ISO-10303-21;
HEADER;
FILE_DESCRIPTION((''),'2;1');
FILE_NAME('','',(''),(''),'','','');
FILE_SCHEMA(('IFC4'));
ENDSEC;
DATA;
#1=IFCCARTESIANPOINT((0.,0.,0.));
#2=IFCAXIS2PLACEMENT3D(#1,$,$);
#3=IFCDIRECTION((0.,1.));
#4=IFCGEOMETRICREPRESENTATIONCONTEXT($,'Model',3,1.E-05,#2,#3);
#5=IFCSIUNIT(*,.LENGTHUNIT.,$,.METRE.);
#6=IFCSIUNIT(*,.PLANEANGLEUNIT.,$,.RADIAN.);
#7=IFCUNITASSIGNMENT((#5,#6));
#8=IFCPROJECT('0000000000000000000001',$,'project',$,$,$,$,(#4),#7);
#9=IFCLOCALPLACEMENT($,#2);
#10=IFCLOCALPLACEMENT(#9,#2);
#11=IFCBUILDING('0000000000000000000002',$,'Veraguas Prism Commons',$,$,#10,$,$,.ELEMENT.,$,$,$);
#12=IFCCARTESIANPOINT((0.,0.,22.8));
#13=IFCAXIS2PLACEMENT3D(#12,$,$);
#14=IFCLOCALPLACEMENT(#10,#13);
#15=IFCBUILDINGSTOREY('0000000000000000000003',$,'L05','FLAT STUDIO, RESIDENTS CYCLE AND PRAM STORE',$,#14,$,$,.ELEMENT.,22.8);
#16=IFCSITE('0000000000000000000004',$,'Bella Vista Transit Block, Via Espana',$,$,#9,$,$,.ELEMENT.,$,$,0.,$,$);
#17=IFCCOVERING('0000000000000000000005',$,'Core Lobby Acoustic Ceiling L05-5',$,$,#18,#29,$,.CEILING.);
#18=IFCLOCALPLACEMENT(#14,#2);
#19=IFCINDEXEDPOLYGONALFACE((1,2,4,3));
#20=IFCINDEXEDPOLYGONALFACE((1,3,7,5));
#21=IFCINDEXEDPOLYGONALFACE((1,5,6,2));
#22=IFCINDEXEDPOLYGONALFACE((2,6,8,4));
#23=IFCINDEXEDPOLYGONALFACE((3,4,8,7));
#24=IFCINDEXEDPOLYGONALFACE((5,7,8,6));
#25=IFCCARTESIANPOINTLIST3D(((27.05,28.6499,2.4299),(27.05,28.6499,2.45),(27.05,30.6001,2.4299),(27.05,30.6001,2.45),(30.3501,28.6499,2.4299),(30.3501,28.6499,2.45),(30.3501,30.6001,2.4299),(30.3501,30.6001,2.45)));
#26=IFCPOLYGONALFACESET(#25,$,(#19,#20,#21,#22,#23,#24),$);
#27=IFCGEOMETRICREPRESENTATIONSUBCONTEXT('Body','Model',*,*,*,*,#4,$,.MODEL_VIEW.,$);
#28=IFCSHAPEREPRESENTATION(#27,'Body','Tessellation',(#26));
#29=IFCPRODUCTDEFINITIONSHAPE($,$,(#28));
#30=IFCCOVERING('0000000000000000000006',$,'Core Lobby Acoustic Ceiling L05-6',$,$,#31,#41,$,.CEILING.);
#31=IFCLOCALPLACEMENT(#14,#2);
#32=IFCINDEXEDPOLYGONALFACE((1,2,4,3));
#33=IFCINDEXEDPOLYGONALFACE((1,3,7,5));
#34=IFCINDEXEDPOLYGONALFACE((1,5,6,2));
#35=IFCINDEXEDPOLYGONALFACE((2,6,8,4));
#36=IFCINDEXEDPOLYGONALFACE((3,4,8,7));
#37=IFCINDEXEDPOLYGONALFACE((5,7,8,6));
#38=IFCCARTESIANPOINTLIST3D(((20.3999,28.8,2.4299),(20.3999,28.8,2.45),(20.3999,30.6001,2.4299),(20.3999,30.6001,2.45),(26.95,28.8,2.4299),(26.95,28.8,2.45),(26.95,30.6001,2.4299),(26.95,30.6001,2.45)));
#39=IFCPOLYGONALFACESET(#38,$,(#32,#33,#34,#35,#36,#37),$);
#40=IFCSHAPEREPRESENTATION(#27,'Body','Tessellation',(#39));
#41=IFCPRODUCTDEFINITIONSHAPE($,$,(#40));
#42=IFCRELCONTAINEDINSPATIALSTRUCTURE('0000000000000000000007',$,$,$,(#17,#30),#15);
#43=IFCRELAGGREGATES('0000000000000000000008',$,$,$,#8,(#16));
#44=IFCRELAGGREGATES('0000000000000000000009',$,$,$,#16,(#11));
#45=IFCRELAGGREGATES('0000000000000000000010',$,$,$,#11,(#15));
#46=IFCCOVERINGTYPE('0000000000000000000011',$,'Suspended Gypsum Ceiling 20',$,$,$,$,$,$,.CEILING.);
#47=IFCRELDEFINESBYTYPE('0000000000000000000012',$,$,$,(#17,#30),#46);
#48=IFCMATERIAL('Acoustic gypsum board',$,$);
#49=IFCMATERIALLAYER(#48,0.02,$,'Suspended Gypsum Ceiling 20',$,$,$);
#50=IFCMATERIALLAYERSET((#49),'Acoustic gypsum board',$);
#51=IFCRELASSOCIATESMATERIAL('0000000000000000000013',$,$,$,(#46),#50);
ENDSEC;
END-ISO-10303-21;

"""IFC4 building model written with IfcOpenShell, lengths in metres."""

from ifc_helpers import new_model, si_unit, direction, frame, origin, place, context, subcontext, project, spatial, polyline, outline, extrude, material, layer, layer_set, type_object, element, save


model = new_model("IFC4")

# Units and contexts
model_context = context("Model", 3, precision=1e-05, world=origin(), true_north=direction((0.0, 1.0)))
body_context = subcontext(model_context, "Body", "Model", "MODEL_VIEW")
ifc_project = project(units=[si_unit("LENGTHUNIT", "METRE"), si_unit("PLANEANGLEUNIT", "RADIAN")], contexts=[model_context])

# Site, building, storey
site_placement = place(None, origin())
site = spatial("IfcSite", under=ifc_project, at=site_placement, Name="Bella Vista Transit Block, Via Espana", CompositionType="ELEMENT", RefElevation=0.0)
building_placement = place(site_placement, origin())
building = spatial("IfcBuilding", under=site, at=building_placement, Name="Veraguas Prism Commons", CompositionType="ELEMENT")
storey_placement = place(building_placement, frame((0.0, 0.0, 22.8)))
storey = spatial("IfcBuildingStorey", under=building, at=storey_placement, Name="L05", Description="FLAT STUDIO, RESIDENTS CYCLE AND PRAM STORE", CompositionType="ELEMENT", Elevation=22.8)

# Coverings
ifc_material_1 = material(Name="Acoustic gypsum board")
ifc_layer_1 = layer(ifc_material_1, 0.02, Name="Suspended Gypsum Ceiling 20")
ifc_layer_set_1 = layer_set([ifc_layer_1], Name="Acoustic gypsum board")
covering_type_1 = type_object("IfcCoveringType", Name="Suspended Gypsum Ceiling 20", PredefinedType="CEILING", material=ifc_layer_set_1)
covering_1_placement = place(storey_placement, frame((0.0, 0.0, 2.4299)))
element("IfcCovering", 1, at=covering_1_placement, inside=storey, type_object=covering_type_1, Name="Core Lobby Acoustic Ceiling L05-5", PredefinedType="CEILING", context=body_context, shape_type="SweptSolid", body=[
    extrude(outline(polyline([(27.05, 28.6499), (30.3501, 28.6499), (30.3501, 30.6001), (27.05, 30.6001), (27.05, 28.6499)])), origin(), (0.0, 0.0, 1.0), 0.02),
])
covering_2_placement = place(storey_placement, frame((0.0, 0.0, 2.4299)))
element("IfcCovering", 2, at=covering_2_placement, inside=storey, type_object=covering_type_1, Name="Core Lobby Acoustic Ceiling L05-6", PredefinedType="CEILING", context=body_context, shape_type="SweptSolid", body=[
    extrude(outline(polyline([(20.3999, 28.8), (26.95, 28.8), (26.95, 30.6001), (20.3999, 30.6001), (20.3999, 28.8)])), origin(), (0.0, 0.0, 1.0), 0.02),
])

save(model, "model.ifc")
